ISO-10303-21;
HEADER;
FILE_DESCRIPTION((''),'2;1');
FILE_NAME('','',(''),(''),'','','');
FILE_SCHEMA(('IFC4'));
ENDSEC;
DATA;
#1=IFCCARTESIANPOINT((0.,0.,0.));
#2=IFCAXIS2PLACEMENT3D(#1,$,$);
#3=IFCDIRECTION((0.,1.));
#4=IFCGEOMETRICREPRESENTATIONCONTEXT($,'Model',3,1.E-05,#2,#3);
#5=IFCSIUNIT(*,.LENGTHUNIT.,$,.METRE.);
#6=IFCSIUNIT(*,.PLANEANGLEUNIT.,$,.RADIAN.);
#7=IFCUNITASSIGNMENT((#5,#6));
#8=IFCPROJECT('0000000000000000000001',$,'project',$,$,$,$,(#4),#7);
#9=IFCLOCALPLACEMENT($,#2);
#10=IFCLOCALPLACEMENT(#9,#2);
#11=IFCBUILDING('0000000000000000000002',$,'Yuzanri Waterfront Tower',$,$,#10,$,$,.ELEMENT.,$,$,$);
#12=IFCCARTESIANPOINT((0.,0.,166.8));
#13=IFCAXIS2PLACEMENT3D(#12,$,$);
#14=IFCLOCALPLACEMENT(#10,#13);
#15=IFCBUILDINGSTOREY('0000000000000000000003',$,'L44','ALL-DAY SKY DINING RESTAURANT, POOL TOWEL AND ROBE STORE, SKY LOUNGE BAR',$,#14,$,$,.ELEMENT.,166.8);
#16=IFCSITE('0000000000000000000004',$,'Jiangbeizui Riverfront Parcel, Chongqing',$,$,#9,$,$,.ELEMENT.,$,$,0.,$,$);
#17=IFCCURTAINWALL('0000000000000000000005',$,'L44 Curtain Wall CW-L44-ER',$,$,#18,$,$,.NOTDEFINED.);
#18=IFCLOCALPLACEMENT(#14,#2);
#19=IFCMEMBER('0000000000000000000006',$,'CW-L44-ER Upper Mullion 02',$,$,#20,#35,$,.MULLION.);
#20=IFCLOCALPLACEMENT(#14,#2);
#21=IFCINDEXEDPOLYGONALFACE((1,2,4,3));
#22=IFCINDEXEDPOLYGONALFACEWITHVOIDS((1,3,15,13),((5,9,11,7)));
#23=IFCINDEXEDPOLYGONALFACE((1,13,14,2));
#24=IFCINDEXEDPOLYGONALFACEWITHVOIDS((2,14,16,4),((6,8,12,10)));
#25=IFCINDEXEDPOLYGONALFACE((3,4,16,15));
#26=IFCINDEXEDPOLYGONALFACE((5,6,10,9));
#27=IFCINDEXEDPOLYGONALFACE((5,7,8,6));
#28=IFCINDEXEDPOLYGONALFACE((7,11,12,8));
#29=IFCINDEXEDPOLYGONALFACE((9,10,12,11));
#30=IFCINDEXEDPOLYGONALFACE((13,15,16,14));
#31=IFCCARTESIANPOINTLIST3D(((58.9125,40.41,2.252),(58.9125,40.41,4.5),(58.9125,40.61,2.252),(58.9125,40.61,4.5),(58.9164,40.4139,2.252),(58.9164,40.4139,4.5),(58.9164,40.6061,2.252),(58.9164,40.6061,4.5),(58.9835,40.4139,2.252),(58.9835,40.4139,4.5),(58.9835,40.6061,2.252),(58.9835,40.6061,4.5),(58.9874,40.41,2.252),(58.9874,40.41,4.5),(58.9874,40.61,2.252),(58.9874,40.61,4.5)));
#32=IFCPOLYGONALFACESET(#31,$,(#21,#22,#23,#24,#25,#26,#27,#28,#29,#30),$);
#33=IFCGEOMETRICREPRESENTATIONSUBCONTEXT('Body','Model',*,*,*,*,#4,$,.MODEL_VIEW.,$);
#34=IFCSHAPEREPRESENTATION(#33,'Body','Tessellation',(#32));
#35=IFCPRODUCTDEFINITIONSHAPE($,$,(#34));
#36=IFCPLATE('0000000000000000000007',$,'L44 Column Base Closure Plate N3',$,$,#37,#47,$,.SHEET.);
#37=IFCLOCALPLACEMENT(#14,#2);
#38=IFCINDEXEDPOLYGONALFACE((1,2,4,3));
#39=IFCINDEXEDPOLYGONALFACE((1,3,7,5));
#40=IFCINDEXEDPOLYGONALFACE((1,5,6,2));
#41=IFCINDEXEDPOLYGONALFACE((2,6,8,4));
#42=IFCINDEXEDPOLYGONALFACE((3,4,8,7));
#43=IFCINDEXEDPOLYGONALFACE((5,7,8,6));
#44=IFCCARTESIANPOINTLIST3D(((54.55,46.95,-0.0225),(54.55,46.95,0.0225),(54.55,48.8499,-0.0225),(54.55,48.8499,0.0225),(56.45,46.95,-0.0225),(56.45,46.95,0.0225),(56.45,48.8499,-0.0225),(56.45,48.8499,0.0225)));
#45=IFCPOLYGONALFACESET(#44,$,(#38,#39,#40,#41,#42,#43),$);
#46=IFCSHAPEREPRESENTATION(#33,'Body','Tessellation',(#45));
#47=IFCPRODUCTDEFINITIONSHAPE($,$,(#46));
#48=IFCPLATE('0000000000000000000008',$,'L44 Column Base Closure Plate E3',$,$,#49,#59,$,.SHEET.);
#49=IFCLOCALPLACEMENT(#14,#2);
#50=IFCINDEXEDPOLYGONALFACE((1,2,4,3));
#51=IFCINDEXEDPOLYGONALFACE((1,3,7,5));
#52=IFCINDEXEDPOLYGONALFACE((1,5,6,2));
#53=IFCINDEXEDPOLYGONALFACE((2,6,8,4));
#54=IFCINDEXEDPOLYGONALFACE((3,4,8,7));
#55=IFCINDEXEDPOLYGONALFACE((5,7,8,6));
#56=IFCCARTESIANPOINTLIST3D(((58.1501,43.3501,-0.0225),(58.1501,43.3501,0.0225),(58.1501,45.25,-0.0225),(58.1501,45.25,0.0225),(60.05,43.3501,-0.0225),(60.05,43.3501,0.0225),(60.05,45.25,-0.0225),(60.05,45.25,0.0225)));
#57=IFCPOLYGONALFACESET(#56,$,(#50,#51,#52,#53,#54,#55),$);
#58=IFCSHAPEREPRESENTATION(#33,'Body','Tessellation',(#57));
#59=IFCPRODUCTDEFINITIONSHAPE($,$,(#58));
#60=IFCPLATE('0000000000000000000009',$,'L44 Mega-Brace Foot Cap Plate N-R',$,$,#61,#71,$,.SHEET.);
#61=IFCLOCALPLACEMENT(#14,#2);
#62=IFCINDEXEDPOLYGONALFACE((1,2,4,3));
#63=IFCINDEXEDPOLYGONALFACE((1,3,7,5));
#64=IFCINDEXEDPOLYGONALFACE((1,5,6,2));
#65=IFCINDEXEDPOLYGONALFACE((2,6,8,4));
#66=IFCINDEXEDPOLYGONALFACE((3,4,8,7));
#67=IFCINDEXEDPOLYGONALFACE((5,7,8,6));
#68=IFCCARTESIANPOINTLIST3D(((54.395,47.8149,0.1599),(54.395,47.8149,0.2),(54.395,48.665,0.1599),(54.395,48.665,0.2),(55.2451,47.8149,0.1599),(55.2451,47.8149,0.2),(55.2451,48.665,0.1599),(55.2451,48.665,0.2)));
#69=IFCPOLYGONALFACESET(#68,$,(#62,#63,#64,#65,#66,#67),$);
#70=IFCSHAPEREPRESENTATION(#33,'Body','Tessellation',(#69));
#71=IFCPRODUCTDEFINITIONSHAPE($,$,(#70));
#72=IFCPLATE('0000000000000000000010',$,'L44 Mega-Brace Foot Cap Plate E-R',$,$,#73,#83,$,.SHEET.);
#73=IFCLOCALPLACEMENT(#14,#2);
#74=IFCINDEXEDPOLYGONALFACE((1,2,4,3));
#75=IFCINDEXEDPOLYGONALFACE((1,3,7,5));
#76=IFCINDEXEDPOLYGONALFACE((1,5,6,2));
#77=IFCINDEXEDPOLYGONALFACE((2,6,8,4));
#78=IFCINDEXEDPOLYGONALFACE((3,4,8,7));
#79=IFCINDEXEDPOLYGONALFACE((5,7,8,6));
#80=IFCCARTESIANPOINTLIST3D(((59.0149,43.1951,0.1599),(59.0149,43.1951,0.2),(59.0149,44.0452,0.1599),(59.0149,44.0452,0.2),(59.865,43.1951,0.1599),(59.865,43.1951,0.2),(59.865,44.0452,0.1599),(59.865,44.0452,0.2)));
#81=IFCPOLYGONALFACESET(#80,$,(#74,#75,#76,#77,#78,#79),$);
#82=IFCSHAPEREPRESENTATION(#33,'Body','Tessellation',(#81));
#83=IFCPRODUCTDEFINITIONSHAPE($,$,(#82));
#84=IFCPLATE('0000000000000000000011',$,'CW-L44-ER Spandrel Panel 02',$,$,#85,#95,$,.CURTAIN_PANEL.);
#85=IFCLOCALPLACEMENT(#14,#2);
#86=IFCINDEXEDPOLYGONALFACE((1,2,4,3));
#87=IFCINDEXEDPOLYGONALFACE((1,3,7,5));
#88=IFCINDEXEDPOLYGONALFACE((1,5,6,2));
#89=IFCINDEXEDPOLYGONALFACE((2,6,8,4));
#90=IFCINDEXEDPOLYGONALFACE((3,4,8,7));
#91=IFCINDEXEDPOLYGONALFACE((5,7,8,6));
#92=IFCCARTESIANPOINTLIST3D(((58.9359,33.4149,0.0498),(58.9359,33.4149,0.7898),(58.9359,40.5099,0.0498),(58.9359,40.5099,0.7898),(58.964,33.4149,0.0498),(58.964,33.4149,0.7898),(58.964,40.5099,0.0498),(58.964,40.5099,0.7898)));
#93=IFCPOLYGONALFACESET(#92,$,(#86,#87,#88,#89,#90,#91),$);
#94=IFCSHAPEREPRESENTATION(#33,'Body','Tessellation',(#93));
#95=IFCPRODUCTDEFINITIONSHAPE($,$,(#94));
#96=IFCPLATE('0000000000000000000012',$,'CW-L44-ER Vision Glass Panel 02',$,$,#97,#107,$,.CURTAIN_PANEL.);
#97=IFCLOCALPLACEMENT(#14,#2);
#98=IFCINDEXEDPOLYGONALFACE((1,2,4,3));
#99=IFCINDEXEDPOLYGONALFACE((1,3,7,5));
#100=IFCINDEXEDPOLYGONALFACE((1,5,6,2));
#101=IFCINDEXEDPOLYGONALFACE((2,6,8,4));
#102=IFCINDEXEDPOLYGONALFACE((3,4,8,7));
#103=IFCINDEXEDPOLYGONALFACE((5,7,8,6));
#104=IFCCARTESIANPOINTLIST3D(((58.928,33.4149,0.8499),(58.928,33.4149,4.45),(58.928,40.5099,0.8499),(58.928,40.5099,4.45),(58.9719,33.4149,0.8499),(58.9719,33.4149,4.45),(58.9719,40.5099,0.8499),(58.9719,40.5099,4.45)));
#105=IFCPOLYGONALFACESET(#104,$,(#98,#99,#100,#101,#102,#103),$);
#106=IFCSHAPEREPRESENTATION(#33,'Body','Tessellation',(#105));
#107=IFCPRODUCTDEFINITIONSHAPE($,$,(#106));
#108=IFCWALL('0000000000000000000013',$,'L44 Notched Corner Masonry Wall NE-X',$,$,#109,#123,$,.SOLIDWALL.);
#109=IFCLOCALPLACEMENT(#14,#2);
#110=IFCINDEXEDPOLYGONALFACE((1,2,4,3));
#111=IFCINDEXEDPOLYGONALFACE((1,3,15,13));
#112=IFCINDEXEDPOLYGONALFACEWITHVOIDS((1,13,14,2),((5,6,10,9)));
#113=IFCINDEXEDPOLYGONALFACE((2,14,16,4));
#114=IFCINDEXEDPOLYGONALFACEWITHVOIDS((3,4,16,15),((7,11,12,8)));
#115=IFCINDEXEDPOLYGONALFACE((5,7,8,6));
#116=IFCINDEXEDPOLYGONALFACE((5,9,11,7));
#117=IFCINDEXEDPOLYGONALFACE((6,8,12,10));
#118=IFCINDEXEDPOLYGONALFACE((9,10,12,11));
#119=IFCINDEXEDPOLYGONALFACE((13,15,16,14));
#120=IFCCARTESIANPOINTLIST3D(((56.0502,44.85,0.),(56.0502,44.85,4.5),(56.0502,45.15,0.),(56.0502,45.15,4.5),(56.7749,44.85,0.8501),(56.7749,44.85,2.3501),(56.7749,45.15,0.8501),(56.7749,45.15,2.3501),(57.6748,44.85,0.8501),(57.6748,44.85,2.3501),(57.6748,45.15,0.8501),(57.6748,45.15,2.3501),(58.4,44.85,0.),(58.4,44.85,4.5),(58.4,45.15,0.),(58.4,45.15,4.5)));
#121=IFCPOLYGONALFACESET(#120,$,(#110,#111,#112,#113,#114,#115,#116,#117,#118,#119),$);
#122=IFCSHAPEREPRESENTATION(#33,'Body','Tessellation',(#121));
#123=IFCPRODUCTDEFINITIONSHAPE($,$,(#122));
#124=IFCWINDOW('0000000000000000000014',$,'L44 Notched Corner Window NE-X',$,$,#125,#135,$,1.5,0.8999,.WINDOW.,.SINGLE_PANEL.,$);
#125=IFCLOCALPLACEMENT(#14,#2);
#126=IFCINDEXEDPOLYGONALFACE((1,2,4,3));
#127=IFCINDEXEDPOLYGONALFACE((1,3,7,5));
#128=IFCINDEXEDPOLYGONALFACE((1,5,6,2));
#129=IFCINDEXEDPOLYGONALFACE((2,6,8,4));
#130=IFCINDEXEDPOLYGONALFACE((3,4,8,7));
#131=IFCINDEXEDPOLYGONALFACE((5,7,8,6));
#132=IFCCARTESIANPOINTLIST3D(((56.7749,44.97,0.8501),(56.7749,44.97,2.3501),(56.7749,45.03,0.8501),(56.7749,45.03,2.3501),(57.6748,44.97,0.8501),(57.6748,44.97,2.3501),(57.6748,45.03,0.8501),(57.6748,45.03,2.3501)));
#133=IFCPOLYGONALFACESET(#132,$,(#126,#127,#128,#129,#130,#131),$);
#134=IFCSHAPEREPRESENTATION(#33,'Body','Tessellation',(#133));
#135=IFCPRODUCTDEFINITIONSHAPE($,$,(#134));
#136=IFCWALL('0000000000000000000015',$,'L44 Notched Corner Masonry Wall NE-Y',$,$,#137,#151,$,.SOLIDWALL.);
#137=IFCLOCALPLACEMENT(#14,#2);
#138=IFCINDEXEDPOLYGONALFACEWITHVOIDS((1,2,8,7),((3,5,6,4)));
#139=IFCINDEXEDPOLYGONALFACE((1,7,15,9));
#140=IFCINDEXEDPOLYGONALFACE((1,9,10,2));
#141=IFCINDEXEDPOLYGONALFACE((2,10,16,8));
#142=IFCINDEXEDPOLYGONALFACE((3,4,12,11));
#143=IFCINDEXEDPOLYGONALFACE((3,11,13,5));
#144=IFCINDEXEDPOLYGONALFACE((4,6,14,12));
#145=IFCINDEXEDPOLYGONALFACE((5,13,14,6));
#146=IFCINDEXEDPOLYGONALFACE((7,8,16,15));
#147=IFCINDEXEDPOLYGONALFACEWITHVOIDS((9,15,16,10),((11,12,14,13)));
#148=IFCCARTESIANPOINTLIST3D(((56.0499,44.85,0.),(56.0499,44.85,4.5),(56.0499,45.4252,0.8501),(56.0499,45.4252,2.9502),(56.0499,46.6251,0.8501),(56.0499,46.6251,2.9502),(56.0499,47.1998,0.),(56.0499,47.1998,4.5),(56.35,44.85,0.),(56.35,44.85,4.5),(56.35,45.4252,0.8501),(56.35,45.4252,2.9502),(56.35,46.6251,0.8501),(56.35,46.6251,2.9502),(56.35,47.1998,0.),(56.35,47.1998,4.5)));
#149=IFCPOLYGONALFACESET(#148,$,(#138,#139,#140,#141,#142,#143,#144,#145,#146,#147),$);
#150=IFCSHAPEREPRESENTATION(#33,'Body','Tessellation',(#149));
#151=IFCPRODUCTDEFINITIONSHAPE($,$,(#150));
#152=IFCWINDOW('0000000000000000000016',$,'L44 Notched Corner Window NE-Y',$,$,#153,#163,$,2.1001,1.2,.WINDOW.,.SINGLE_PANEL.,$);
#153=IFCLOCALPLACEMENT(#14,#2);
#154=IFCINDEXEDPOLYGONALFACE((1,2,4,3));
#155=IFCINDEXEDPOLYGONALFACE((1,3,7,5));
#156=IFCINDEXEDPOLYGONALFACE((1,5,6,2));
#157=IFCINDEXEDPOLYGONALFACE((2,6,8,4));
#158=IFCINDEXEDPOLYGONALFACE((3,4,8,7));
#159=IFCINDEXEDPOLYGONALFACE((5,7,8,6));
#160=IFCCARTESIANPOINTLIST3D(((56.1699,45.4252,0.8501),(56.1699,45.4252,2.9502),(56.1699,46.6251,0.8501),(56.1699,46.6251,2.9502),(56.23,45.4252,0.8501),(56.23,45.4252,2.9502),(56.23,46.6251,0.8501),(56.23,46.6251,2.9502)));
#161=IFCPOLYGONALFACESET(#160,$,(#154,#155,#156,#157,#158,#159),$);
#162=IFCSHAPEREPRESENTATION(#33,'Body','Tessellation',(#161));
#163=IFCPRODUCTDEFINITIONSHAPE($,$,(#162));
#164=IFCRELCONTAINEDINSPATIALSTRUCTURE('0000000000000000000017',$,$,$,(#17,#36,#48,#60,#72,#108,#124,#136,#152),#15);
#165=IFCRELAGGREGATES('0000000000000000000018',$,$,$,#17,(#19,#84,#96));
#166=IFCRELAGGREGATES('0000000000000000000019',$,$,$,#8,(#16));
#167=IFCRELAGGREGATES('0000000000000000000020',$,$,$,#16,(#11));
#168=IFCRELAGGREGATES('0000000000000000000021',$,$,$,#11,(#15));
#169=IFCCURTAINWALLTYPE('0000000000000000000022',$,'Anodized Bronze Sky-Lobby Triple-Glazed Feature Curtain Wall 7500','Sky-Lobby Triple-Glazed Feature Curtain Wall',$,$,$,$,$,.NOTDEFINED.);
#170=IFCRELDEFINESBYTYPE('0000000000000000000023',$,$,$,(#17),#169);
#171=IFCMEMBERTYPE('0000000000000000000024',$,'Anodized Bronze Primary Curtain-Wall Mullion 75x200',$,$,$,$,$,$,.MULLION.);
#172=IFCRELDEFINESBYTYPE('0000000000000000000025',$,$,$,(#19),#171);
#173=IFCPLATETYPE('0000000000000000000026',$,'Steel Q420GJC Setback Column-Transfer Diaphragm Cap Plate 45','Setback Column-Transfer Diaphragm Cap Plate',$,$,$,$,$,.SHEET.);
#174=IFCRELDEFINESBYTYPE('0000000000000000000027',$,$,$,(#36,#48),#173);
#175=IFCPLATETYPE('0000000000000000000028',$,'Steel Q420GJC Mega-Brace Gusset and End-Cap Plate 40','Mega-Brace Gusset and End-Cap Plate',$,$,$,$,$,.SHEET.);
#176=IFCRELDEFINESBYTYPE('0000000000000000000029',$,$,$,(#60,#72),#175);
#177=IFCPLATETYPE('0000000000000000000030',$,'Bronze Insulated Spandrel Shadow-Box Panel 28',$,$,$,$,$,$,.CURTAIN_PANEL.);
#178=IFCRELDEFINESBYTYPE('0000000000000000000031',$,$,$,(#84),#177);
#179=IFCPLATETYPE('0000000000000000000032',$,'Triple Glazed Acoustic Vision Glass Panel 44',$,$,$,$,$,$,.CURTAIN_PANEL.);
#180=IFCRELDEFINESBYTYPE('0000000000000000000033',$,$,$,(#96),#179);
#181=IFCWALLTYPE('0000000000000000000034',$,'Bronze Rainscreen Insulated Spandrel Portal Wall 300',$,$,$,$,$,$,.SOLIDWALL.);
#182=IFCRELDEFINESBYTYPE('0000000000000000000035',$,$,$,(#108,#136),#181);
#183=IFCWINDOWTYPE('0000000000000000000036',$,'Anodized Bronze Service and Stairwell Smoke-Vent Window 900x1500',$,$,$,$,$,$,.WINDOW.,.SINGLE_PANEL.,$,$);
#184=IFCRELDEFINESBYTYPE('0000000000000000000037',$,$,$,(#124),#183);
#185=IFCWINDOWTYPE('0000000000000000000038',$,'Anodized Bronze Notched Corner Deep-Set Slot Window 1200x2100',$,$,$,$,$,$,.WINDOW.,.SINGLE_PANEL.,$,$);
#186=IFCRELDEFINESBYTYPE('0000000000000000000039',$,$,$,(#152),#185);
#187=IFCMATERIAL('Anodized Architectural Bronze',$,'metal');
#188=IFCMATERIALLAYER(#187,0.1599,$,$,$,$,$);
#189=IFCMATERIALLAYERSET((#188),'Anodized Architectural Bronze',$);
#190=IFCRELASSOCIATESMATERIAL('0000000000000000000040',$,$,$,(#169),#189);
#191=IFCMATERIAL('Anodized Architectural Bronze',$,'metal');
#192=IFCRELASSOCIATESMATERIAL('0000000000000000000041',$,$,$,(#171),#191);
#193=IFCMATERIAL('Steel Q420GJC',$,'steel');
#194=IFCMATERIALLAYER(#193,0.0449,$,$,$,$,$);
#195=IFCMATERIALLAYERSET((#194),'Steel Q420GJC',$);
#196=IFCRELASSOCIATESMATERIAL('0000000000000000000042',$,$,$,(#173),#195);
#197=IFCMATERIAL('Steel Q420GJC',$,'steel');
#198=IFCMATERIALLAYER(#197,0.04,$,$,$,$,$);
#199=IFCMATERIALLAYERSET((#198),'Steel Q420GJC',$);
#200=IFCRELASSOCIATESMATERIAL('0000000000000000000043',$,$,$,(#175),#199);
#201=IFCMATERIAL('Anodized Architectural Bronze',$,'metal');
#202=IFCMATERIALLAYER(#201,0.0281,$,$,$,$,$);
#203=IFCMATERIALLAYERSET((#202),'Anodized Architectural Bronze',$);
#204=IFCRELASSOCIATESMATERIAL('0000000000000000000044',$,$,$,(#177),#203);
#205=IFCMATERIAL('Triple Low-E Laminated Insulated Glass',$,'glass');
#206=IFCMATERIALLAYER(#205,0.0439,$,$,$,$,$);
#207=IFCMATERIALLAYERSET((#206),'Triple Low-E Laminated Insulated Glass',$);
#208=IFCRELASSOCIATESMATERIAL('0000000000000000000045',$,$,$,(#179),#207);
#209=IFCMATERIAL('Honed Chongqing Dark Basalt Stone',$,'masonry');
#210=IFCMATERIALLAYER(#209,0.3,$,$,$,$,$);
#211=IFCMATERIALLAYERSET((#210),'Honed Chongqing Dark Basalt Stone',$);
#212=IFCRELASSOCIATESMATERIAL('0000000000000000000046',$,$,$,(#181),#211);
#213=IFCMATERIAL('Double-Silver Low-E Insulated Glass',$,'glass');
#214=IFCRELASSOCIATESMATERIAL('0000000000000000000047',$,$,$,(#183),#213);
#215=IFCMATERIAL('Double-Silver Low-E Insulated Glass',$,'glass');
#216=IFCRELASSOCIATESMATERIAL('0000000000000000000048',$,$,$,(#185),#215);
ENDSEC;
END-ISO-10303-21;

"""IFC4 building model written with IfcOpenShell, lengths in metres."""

from ifc_helpers import new_model, si_unit, direction, frame, frame_2d, origin, origin_2d, place, context, subcontext, project, spatial, rectangle, hollow_rectangle, extrude, source, transform, mapped, material, layer, layer_set, material_profile, profile_set, type_object, element, fill, aggregate, save


model = new_model("IFC4")

# Units and contexts
model_context = context("Model", 3, precision=1e-05, world=origin(), true_north=direction((0.0, 1.0)))
body_context = subcontext(model_context, "Body", "Model", "MODEL_VIEW")
ifc_project = project(units=[si_unit("LENGTHUNIT", "METRE"), si_unit("PLANEANGLEUNIT", "RADIAN")], contexts=[model_context])

# Site, building, storey
site_placement = place(None, origin())
site = spatial("IfcSite", under=ifc_project, at=site_placement, Name="Jiangbeizui Riverfront Parcel, Chongqing", CompositionType="ELEMENT", RefElevation=0.0)
building_placement = place(site_placement, origin())
building = spatial("IfcBuilding", under=site, at=building_placement, Name="Yuzanri Waterfront Tower", CompositionType="ELEMENT")
storey_placement = place(building_placement, frame((0.0, 0.0, 166.8)))
storey = spatial("IfcBuildingStorey", under=building, at=storey_placement, Name="L44", Description="ALL-DAY SKY DINING RESTAURANT, POOL TOWEL AND ROBE STORE, SKY LOUNGE BAR", CompositionType="ELEMENT", Elevation=166.8)

# Curtain wall, member
ifc_material_1 = material(Name="Anodized Architectural Bronze", Category="metal")
ifc_layer_1 = layer(ifc_material_1, 0.1599)
ifc_layer_set_1 = layer_set([ifc_layer_1], Name="Anodized Architectural Bronze")
curtain_wall_type = type_object("IfcCurtainWallType", Name="Anodized Bronze Sky-Lobby Triple-Glazed Feature Curtain Wall 7500", Description="Sky-Lobby Triple-Glazed Feature Curtain Wall", PredefinedType="NOTDEFINED", material=ifc_layer_set_1)
ifc_material_2 = material(Name="Anodized Architectural Bronze", Category="metal")
ifc_material_profile_1 = material_profile(ifc_material_2, hollow_rectangle(XDim=0.075, YDim=0.2, WallThickness=0.0039, at=origin_2d()), Name="CWM 75x200")
ifc_profile_set_1 = profile_set([ifc_material_profile_1], Name="Anodized Architectural Bronze")
member_type_1 = type_object("IfcMemberType", Name="Anodized Bronze Primary Curtain-Wall Mullion 75x200", PredefinedType="MULLION", material=ifc_profile_set_1)
shared_shape_1 = source(origin(), body_context, "Body", "SweptSolid", [
    extrude(hollow_rectangle(XDim=0.075, YDim=0.2, WallThickness=0.0039, at=origin_2d()), origin(), (0.0, 0.0, 1.0), 2.248),
])
curtain_wall_1_placement = place(storey_placement, origin())
curtain_wall_1 = element("IfcCurtainWall", 1, at=curtain_wall_1_placement, inside=storey, type_object=curtain_wall_type, Name="L44 Curtain Wall CW-L44-ER", PredefinedType="NOTDEFINED")
member_1_placement = place(storey_placement, frame((58.95, 40.51, 2.252), z_axis=(0.0, 0.0, 1.0), x_axis=(1.0, 0.0, 0.0)))
member_1 = element("IfcMember", 2, at=member_1_placement, type_object=member_type_1, Name="CW-L44-ER Upper Mullion 02", PredefinedType="MULLION", context=body_context, shape_type="MappedRepresentation", body=[
    mapped(shared_shape_1, transform((0.0, 0.0, 0.0), scale=1.0)),
])

# Plates
ifc_material_3 = material(Name="Steel Q420GJC", Category="steel")
ifc_layer_2 = layer(ifc_material_3, 0.0449)
ifc_layer_set_2 = layer_set([ifc_layer_2], Name="Steel Q420GJC")
plate_type_1 = type_object("IfcPlateType", Name="Steel Q420GJC Setback Column-Transfer Diaphragm Cap Plate 45", Description="Setback Column-Transfer Diaphragm Cap Plate", PredefinedType="SHEET", material=ifc_layer_set_2)
shared_shape_2 = source(origin(), body_context, "Body", "SweptSolid", [
    extrude(rectangle(XDim=1.8999, YDim=1.8999, at=origin_2d()), origin(), (0.0, 0.0, 1.0), 0.0449),
])
for number, where, z_axis, x_axis, name in (
    (3, (55.5, 47.8999, -0.0225), (0.0, 0.0, 1.0), (1.0, 0.0, 0.0), "L44 Column Base Closure Plate N3"),
    (4, (59.1001, 44.3, -0.0225), (0.0, 0.0, 1.0), (1.0, 0.0, 0.0), "L44 Column Base Closure Plate E3"),
):
    element("IfcPlate", number, at=place(storey_placement, frame(where, z_axis=z_axis, x_axis=x_axis)), inside=storey, type_object=plate_type_1, Name=name, PredefinedType="SHEET", context=body_context, shape_type="MappedRepresentation", body=[
        mapped(shared_shape_2, transform((0.0, 0.0, 0.0), scale=1.0)),
    ])
ifc_material_4 = material(Name="Steel Q420GJC", Category="steel")
ifc_layer_3 = layer(ifc_material_4, 0.04)
ifc_layer_set_3 = layer_set([ifc_layer_3], Name="Steel Q420GJC")
plate_type_2 = type_object("IfcPlateType", Name="Steel Q420GJC Mega-Brace Gusset and End-Cap Plate 40", Description="Mega-Brace Gusset and End-Cap Plate", PredefinedType="SHEET", material=ifc_layer_set_3)
shared_shape_3 = source(origin(), body_context, "Body", "SweptSolid", [
    extrude(rectangle(XDim=0.8501, YDim=0.8501, at=origin_2d()), origin(), (0.0, 0.0, 1.0), 0.04),
])
for number, where, z_axis, x_axis, name in (
    (5, (54.8201, 48.24, 0.1599), (0.0, 0.0, 1.0), (1.0, 0.0, 0.0), "L44 Mega-Brace Foot Cap Plate N-R"),
    (6, (59.4399, 43.6201, 0.1599), (0.0, 0.0, 1.0), (1.0, 0.0, 0.0), "L44 Mega-Brace Foot Cap Plate E-R"),
):
    element("IfcPlate", number, at=place(storey_placement, frame(where, z_axis=z_axis, x_axis=x_axis)), inside=storey, type_object=plate_type_2, Name=name, PredefinedType="SHEET", context=body_context, shape_type="MappedRepresentation", body=[
        mapped(shared_shape_3, transform((0.0, 0.0, 0.0), scale=1.0)),
    ])

# Plates
ifc_material_5 = material(Name="Anodized Architectural Bronze", Category="metal")
ifc_layer_4 = layer(ifc_material_5, 0.0281)
ifc_layer_set_4 = layer_set([ifc_layer_4], Name="Anodized Architectural Bronze")
plate_type_3 = type_object("IfcPlateType", Name="Bronze Insulated Spandrel Shadow-Box Panel 28", PredefinedType="CURTAIN_PANEL", material=ifc_layer_set_4)
shared_shape_4 = source(origin(), body_context, "Body", "SweptSolid", [
    extrude(rectangle(XDim=7.095, YDim=0.0281, at=origin_2d()), origin(), (0.0, 0.0, 1.0), 0.74),
])
plate_1_placement = place(storey_placement, frame((58.95, 36.9624, 0.0498), z_axis=(0.0, 0.0, 1.0), x_axis=(0.0, 1.0, 0.0)))
plate_1 = element("IfcPlate", 7, at=plate_1_placement, type_object=plate_type_3, Name="CW-L44-ER Spandrel Panel 02", PredefinedType="CURTAIN_PANEL", context=body_context, shape_type="MappedRepresentation", body=[
    mapped(shared_shape_4, transform((0.0, 0.0, 0.0), scale=1.0)),
])
ifc_material_6 = material(Name="Triple Low-E Laminated Insulated Glass", Category="glass")
ifc_layer_5 = layer(ifc_material_6, 0.0439)
ifc_layer_set_5 = layer_set([ifc_layer_5], Name="Triple Low-E Laminated Insulated Glass")
plate_type_4 = type_object("IfcPlateType", Name="Triple Glazed Acoustic Vision Glass Panel 44", PredefinedType="CURTAIN_PANEL", material=ifc_layer_set_5)
shared_shape_5 = source(origin(), body_context, "Body", "SweptSolid", [
    extrude(rectangle(XDim=7.095, YDim=0.0439, at=origin_2d()), origin(), (0.0, 0.0, 1.0), 3.6001),
])
plate_2_placement = place(storey_placement, frame((58.95, 36.9624, 0.8499), z_axis=(0.0, 0.0, 1.0), x_axis=(0.0, 1.0, 0.0)))
plate_2 = element("IfcPlate", 8, at=plate_2_placement, type_object=plate_type_4, Name="CW-L44-ER Vision Glass Panel 02", PredefinedType="CURTAIN_PANEL", context=body_context, shape_type="MappedRepresentation", body=[
    mapped(shared_shape_5, transform((0.0, 0.0, 0.0), scale=1.0)),
])
aggregate(curtain_wall_1, [member_1, plate_1, plate_2])

# Walls, openings, windows
ifc_material_7 = material(Name="Honed Chongqing Dark Basalt Stone", Category="masonry")
ifc_layer_6 = layer(ifc_material_7, 0.3)
ifc_layer_set_6 = layer_set([ifc_layer_6], Name="Honed Chongqing Dark Basalt Stone")
wall_type_1 = type_object("IfcWallType", Name="Bronze Rainscreen Insulated Spandrel Portal Wall 300", PredefinedType="SOLIDWALL", material=ifc_layer_set_6)
wall_1_placement = place(storey_placement, frame((58.3999, 45.0, 0.0), z_axis=(0.0, 0.0, 1.0), x_axis=(-1.0, 0.0, 0.0)))
wall_1 = element("IfcWall", 9, at=wall_1_placement, inside=storey, type_object=wall_type_1, Name="L44 Notched Corner Masonry Wall NE-X", PredefinedType="SOLIDWALL", context=body_context, shape_type="SweptSolid", body=[
    extrude(rectangle(XDim=2.3499, YDim=0.3, at=frame_2d((1.1748, 0.0))), origin(), (0.0, 0.0, 1.0), 4.5),
])
opening_1_placement = place(wall_1_placement, frame((0.7251, 0.0, 0.8501)))
opening_1 = element("IfcOpeningElement", 10, at=opening_1_placement, cuts=wall_1, PredefinedType="OPENING", context=body_context, shape_type="SweptSolid", body=[
    extrude(rectangle(XDim=0.8999, YDim=1.5, at=frame_2d((0.45, 0.75))), frame((0.0, 0.165, 0.0), z_axis=(0.0, -1.0, 0.0), x_axis=(1.0, 0.0, 0.0)), (0.0, 0.0, 1.0), 0.3298),
])
ifc_material_8 = material(Name="Double-Silver Low-E Insulated Glass", Category="glass")
window_type_1 = type_object("IfcWindowType", Name="Anodized Bronze Service and Stairwell Smoke-Vent Window 900x1500", PartitioningType="SINGLE_PANEL", PredefinedType="WINDOW", material=ifc_material_8)
shared_shape_6 = source(origin(), body_context, "Body", "SweptSolid", [
    extrude(rectangle(XDim=0.8999, YDim=1.5, at=frame_2d((0.45, 0.75))), frame((0.0, 0.03, 0.0), z_axis=(0.0, -1.0, 0.0), x_axis=(1.0, 0.0, 0.0)), (0.0, 0.0, 1.0), 0.0601),
])
window_1_placement = place(opening_1_placement, origin())
window_1 = element("IfcWindow", 11, at=window_1_placement, inside=storey, type_object=window_type_1, Name="L44 Notched Corner Window NE-X", OverallHeight=1.5, OverallWidth=0.8999, PartitioningType="SINGLE_PANEL", PredefinedType="WINDOW", context=body_context, shape_type="MappedRepresentation", body=[
    mapped(shared_shape_6, transform((0.0, 0.0, 0.0), scale=1.0)),
])
fill(opening_1, window_1)
wall_2_placement = place(storey_placement, frame((56.2, 44.8501, 0.0), z_axis=(0.0, 0.0, 1.0), x_axis=(0.0, 1.0, 0.0)))
wall_2 = element("IfcWall", 12, at=wall_2_placement, inside=storey, type_object=wall_type_1, Name="L44 Notched Corner Masonry Wall NE-Y", PredefinedType="SOLIDWALL", context=body_context, shape_type="SweptSolid", body=[
    extrude(rectangle(XDim=2.3499, YDim=0.3, at=frame_2d((1.1748, 0.0))), origin(), (0.0, 0.0, 1.0), 4.5),
])
opening_2_placement = place(wall_2_placement, frame((0.575, 0.0, 0.8501)))
opening_2 = element("IfcOpeningElement", 13, at=opening_2_placement, cuts=wall_2, PredefinedType="OPENING", context=body_context, shape_type="SweptSolid", body=[
    extrude(rectangle(XDim=1.2, YDim=2.1001, at=frame_2d((0.6001, 1.05))), frame((0.0, 0.165, 0.0), z_axis=(0.0, -1.0, 0.0), x_axis=(1.0, 0.0, 0.0)), (0.0, 0.0, 1.0), 0.3298),
])
ifc_material_9 = material(Name="Double-Silver Low-E Insulated Glass", Category="glass")
window_type_2 = type_object("IfcWindowType", Name="Anodized Bronze Notched Corner Deep-Set Slot Window 1200x2100", PartitioningType="SINGLE_PANEL", PredefinedType="WINDOW", material=ifc_material_9)
shared_shape_7 = source(origin(), body_context, "Body", "SweptSolid", [
    extrude(rectangle(XDim=1.2, YDim=2.1001, at=frame_2d((0.6001, 1.05))), frame((0.0, 0.03, 0.0), z_axis=(0.0, -1.0, 0.0), x_axis=(1.0, 0.0, 0.0)), (0.0, 0.0, 1.0), 0.0601),
])
window_2_placement = place(opening_2_placement, origin())
window_2 = element("IfcWindow", 14, at=window_2_placement, inside=storey, type_object=window_type_2, Name="L44 Notched Corner Window NE-Y", OverallHeight=2.1001, OverallWidth=1.2, PartitioningType="SINGLE_PANEL", PredefinedType="WINDOW", context=body_context, shape_type="MappedRepresentation", body=[
    mapped(shared_shape_7, transform((0.0, 0.0, 0.0), scale=1.0)),
])
fill(opening_2, window_2)

save(model, "model.ifc")
